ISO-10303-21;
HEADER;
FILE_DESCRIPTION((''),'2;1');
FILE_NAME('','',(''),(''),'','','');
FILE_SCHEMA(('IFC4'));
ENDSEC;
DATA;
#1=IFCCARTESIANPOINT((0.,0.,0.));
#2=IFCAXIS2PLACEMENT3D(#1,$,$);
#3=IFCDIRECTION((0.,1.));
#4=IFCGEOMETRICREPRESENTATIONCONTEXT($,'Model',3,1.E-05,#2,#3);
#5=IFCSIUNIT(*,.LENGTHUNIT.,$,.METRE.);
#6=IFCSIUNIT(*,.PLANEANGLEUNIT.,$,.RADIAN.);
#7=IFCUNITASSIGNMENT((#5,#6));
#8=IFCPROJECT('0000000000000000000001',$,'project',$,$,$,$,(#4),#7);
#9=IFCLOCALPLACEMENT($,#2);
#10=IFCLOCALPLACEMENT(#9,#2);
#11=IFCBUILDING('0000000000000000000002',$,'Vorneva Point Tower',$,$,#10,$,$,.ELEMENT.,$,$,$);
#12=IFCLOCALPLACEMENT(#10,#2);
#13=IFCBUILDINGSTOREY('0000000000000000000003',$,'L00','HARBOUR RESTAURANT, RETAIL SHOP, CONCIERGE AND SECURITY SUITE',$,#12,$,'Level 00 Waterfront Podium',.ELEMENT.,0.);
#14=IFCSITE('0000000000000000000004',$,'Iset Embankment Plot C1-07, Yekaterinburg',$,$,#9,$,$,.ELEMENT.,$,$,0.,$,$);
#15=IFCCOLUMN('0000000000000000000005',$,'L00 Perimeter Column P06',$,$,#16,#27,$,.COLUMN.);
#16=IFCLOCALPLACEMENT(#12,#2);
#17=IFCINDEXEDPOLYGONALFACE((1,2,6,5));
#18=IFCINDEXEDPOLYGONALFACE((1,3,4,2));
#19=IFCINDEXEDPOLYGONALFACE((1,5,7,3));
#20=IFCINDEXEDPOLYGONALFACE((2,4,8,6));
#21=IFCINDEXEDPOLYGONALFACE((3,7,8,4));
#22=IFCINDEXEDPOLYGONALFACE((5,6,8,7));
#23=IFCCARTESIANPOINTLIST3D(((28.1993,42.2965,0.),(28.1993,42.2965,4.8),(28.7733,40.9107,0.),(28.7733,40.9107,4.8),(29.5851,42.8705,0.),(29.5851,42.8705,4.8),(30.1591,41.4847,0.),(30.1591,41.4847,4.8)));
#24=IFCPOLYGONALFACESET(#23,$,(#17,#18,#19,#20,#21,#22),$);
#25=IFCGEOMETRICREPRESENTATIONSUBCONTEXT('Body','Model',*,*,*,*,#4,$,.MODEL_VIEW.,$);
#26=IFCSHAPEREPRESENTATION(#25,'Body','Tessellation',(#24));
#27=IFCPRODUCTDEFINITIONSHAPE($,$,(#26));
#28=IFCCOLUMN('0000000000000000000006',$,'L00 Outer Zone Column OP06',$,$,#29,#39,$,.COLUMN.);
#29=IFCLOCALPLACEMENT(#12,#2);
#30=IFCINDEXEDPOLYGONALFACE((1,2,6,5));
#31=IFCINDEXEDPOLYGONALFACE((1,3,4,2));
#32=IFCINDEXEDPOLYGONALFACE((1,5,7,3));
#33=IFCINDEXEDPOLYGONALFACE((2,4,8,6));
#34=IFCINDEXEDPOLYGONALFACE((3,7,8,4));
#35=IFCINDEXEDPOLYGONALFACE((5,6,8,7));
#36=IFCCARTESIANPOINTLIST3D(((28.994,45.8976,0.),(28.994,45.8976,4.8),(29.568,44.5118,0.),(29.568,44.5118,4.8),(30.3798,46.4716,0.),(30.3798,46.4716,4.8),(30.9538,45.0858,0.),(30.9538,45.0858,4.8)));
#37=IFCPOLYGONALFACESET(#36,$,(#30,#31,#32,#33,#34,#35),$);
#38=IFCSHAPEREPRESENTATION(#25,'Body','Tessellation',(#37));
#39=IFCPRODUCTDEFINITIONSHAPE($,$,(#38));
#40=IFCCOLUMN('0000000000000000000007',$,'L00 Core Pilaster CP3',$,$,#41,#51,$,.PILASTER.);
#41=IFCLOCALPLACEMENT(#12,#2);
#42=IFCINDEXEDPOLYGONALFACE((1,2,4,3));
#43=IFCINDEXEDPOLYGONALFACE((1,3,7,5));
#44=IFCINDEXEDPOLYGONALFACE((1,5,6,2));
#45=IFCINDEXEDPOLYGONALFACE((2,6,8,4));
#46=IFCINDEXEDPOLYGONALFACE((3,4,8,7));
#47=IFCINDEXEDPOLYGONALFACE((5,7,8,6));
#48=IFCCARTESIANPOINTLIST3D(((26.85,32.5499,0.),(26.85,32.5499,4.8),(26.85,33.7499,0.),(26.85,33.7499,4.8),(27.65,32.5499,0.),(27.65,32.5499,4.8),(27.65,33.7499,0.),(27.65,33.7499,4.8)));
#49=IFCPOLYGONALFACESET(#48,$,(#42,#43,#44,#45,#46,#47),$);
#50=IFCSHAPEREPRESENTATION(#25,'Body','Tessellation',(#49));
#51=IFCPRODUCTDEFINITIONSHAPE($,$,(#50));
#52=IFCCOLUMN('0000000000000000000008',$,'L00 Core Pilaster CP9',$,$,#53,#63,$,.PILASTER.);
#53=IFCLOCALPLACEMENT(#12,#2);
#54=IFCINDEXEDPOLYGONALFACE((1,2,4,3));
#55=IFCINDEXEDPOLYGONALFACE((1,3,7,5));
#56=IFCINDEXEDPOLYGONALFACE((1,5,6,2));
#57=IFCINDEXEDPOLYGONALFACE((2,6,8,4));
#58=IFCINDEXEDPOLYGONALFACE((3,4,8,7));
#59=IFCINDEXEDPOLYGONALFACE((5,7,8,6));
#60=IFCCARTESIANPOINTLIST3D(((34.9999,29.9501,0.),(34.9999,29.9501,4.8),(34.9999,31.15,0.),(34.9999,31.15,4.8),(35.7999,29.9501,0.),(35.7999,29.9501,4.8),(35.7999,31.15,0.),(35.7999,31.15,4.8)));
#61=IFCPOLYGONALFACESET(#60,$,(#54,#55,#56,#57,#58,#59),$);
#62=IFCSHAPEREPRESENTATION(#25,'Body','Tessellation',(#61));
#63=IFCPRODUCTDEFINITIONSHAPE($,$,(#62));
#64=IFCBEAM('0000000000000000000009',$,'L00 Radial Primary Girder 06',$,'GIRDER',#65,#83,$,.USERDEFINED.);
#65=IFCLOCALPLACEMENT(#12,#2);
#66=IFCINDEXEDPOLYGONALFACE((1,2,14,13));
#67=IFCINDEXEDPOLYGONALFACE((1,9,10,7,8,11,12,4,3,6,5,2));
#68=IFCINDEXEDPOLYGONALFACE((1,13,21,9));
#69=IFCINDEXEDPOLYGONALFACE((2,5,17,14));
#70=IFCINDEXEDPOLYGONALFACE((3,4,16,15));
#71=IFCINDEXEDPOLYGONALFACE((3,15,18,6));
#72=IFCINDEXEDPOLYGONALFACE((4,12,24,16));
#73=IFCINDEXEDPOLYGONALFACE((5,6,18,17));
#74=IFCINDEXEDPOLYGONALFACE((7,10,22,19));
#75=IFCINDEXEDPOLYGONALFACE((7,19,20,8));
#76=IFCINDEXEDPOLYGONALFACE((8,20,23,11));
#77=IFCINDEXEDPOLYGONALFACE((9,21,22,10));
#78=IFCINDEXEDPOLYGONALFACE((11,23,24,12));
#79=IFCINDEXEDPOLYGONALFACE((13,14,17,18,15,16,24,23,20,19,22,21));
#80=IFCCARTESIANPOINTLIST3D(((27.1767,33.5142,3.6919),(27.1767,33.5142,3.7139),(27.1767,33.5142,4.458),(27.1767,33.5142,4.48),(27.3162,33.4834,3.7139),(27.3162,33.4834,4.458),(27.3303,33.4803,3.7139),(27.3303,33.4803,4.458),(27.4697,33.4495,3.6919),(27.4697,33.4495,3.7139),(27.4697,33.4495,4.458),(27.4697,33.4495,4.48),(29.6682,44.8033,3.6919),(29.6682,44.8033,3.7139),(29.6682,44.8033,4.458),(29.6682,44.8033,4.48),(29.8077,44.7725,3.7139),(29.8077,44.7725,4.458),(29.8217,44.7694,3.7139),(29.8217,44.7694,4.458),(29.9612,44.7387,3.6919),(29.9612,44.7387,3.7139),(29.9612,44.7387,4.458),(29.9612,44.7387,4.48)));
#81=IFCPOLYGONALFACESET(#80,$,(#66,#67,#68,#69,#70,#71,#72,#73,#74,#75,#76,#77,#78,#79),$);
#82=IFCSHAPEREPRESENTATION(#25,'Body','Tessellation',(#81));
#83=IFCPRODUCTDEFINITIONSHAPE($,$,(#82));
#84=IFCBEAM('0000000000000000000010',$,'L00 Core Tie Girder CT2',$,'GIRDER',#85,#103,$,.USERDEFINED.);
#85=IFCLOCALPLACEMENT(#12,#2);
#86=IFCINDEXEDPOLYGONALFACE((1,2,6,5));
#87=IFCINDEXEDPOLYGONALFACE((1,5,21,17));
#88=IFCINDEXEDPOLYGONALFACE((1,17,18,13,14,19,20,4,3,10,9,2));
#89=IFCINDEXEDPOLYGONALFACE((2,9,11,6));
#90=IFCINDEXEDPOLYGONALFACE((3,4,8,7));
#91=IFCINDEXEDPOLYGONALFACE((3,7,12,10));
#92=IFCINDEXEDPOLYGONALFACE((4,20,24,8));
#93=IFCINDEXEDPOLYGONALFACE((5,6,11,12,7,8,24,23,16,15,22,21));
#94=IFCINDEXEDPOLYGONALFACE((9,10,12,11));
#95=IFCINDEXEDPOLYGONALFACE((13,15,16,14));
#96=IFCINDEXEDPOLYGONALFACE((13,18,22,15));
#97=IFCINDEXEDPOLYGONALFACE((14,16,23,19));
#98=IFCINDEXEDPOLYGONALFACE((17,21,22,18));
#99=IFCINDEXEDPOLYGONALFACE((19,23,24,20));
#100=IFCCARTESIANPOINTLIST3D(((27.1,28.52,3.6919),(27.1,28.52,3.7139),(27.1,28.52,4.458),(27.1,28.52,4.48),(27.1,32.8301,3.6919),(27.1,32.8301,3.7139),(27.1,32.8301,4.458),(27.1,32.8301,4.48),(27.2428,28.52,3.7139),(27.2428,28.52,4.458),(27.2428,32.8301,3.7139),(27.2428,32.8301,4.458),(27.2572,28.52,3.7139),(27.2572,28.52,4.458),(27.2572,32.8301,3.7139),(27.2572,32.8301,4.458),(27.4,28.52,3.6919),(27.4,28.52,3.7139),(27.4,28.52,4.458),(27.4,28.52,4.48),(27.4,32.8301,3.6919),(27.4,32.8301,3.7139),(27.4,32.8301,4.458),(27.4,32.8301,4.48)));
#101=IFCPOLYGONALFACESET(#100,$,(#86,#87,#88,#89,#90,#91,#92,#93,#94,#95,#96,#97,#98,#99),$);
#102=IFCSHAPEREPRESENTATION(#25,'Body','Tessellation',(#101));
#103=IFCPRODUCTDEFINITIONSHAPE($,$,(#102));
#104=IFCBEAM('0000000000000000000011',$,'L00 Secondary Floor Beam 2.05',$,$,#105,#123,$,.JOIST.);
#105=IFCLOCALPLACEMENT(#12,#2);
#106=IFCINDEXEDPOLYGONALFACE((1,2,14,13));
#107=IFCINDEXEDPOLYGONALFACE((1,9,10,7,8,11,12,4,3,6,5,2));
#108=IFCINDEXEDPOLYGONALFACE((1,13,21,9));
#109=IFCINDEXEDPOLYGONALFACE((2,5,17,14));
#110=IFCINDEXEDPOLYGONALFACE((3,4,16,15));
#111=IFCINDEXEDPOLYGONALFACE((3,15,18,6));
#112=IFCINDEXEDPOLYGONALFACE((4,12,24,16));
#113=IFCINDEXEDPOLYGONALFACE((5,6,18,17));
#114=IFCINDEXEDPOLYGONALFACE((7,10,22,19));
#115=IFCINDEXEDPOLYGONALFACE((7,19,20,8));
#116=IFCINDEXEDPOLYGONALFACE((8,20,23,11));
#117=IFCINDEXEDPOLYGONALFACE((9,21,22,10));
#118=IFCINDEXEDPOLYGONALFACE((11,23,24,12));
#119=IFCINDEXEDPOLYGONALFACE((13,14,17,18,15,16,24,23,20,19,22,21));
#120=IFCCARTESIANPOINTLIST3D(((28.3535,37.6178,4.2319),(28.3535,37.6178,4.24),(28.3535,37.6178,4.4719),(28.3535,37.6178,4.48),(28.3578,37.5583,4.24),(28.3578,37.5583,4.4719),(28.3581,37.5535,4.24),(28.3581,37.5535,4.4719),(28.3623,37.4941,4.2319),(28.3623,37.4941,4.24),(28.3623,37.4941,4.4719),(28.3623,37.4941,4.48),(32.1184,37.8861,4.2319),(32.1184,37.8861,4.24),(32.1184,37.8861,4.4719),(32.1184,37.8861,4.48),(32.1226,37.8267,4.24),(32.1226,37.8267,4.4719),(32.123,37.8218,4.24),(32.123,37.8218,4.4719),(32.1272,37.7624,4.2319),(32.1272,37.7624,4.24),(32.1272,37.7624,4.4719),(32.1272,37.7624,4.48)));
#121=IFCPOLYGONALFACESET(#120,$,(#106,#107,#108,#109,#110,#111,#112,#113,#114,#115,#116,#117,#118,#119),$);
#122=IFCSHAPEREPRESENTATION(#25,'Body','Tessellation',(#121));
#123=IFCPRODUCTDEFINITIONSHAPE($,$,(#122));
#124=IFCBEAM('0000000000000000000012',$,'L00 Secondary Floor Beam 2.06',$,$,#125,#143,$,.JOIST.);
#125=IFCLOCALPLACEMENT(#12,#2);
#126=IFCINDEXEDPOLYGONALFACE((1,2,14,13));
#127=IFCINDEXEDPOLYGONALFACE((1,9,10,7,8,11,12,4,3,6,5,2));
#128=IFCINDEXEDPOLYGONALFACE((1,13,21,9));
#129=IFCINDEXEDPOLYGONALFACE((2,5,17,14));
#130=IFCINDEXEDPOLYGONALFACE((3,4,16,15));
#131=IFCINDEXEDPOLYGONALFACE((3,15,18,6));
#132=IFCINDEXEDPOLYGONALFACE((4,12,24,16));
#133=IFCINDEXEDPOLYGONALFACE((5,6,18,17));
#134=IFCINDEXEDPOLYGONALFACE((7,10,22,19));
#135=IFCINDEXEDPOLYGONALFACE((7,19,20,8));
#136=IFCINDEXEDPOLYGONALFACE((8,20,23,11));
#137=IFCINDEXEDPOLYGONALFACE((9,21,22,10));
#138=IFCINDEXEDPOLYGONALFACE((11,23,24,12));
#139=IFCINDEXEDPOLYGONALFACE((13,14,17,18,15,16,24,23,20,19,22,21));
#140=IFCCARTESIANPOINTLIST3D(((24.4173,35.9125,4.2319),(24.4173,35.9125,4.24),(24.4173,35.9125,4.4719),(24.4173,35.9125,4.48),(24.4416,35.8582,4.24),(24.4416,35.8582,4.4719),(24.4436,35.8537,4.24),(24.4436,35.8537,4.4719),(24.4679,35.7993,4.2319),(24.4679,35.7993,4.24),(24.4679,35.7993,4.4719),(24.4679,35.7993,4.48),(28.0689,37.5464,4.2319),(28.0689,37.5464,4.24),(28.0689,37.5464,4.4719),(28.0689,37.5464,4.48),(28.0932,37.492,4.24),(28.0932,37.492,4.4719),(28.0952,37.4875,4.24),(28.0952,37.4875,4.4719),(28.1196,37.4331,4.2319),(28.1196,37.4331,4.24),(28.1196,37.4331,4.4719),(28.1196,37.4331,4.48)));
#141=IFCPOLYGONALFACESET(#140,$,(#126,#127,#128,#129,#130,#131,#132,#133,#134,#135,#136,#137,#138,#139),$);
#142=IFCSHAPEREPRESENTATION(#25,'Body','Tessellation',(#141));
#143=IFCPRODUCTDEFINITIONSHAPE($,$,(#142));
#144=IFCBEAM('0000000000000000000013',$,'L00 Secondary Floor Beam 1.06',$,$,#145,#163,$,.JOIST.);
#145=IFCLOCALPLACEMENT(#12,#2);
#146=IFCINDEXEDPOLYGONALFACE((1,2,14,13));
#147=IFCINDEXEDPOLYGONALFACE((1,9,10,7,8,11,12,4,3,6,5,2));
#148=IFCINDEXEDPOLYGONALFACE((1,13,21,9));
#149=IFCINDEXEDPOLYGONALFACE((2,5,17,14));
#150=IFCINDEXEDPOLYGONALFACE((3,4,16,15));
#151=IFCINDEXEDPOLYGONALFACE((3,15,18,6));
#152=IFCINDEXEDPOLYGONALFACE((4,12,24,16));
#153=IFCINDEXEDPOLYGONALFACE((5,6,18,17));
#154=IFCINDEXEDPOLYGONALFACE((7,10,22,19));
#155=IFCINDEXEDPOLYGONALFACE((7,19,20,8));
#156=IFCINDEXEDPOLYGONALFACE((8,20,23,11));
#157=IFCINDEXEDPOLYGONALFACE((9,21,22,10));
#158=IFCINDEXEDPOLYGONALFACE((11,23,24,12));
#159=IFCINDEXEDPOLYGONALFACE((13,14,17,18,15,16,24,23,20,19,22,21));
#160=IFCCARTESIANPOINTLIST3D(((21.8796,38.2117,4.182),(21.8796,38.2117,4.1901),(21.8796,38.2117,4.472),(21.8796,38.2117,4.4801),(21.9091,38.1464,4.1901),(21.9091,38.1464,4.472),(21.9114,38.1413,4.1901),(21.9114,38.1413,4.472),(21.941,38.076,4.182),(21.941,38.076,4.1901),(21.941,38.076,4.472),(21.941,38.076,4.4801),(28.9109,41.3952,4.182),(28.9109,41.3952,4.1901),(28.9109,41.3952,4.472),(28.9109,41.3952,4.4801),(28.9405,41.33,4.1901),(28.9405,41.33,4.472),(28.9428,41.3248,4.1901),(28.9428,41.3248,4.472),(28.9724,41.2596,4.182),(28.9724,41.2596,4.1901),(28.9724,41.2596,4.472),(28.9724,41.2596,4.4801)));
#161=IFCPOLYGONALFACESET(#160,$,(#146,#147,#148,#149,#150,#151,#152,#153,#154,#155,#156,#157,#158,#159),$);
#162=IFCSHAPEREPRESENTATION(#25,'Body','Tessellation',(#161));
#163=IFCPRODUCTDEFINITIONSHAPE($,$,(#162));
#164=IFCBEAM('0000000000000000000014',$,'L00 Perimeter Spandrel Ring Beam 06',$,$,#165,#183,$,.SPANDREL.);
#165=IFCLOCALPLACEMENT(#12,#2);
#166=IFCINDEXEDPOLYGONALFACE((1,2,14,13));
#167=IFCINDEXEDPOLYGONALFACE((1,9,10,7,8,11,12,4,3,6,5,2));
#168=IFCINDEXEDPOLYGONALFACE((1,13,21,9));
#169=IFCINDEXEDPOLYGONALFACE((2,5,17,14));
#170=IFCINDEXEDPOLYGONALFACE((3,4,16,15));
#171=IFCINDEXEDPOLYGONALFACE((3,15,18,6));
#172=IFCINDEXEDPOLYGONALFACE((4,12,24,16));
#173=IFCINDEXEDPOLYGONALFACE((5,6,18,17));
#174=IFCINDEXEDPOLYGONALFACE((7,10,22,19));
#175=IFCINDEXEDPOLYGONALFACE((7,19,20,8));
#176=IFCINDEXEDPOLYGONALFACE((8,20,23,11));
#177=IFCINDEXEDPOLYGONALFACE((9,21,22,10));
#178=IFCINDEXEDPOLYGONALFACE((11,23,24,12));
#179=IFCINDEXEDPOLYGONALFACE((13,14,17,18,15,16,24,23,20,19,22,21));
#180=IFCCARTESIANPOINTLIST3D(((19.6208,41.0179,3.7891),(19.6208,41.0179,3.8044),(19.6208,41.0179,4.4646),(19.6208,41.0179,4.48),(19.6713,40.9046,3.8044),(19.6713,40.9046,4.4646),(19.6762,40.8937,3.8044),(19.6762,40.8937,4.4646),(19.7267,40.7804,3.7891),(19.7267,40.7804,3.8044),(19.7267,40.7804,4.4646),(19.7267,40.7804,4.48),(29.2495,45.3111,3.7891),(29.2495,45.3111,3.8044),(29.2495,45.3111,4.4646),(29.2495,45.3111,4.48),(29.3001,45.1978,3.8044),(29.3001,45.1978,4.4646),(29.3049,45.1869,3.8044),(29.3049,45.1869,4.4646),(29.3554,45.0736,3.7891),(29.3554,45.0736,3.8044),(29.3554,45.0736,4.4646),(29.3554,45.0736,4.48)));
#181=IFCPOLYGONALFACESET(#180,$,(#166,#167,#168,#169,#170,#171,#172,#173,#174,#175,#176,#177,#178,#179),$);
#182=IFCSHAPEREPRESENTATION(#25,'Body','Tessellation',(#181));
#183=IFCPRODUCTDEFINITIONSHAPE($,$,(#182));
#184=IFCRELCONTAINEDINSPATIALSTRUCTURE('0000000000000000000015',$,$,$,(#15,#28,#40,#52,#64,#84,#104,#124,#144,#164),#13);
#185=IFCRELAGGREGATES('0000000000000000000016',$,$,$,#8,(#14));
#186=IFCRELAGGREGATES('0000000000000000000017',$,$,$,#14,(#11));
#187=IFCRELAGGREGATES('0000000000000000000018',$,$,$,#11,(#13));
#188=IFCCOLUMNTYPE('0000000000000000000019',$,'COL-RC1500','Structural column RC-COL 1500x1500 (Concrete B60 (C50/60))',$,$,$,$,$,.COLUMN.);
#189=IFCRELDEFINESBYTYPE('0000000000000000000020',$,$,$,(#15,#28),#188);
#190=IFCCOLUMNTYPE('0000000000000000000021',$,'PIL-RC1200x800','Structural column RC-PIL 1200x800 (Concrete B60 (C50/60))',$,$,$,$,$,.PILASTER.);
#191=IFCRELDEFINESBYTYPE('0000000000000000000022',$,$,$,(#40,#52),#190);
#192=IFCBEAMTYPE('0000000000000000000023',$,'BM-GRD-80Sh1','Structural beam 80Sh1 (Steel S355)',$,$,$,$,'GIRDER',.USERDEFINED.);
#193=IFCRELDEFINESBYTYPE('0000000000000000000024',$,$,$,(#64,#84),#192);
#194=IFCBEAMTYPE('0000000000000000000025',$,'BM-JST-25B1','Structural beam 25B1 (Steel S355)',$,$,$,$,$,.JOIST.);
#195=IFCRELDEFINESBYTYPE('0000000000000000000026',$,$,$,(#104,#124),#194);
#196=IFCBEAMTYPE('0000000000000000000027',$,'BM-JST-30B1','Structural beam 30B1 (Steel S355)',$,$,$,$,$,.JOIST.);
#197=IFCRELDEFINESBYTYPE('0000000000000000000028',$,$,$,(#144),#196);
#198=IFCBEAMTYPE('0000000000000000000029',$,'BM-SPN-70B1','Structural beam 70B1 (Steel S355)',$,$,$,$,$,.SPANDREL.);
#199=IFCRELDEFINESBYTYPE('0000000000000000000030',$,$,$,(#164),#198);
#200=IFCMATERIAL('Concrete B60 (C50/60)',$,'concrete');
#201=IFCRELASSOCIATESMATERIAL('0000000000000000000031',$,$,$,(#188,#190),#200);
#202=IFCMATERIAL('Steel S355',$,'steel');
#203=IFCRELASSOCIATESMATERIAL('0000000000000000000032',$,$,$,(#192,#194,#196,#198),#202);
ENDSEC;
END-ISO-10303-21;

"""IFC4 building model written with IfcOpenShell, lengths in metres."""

from ifc_helpers import new_model, si_unit, direction, frame, origin, origin_2d, place, context, subcontext, project, spatial, rectangle, i_section, extrude, material, material_profile, profile_set, type_object, element, save


model = new_model("IFC4")

# Units and contexts
model_context = context("Model", 3, precision=1e-05, world=origin(), true_north=direction((0.0, 1.0)))
body_context = subcontext(model_context, "Body", "Model", "MODEL_VIEW")
ifc_project = project(units=[si_unit("LENGTHUNIT", "METRE"), si_unit("PLANEANGLEUNIT", "RADIAN")], contexts=[model_context])

# Site, building, storey
site_placement = place(None, origin())
site = spatial("IfcSite", under=ifc_project, at=site_placement, Name="Iset Embankment Plot C1-07, Yekaterinburg", CompositionType="ELEMENT", RefElevation=0.0)
building_placement = place(site_placement, origin())
building = spatial("IfcBuilding", under=site, at=building_placement, Name="Vorneva Point Tower", CompositionType="ELEMENT")
storey_placement = place(building_placement, origin())
storey = spatial("IfcBuildingStorey", under=building, at=storey_placement, Name="L00", Description="HARBOUR RESTAURANT, RETAIL SHOP, CONCIERGE AND SECURITY SUITE", LongName="Level 00 Waterfront Podium", CompositionType="ELEMENT", Elevation=0.0)

# Columns
ifc_material_1 = material(Name="Concrete B60 (C50/60)", Category="concrete")
ifc_material_profile_1 = material_profile(ifc_material_1, rectangle(XDim=1.5, YDim=1.5, at=origin_2d()), Name="RC-COL 1500x1500")
ifc_profile_set_1 = profile_set([ifc_material_profile_1], Name="Concrete B60 (C50/60)")
column_type_1 = type_object("IfcColumnType", Name="COL-RC1500", Description="Structural column RC-COL 1500x1500 (Concrete B60 (C50/60))", PredefinedType="COLUMN", material=ifc_profile_set_1)
for number, where, z_axis, x_axis, name in (
    (1, (29.1792, 41.8906, 0.0), (0.0, 0.0, 1.0), (-0.382683, 0.92388, 0.0), "L00 Perimeter Column P06"),
    (2, (29.9739, 45.4917, 0.0), (0.0, 0.0, 1.0), (-0.382683, 0.92388, 0.0), "L00 Outer Zone Column OP06"),
):
    element("IfcColumn", number, at=place(storey_placement, frame(where, z_axis=z_axis, x_axis=x_axis)), inside=storey, type_object=column_type_1, Name=name, PredefinedType="COLUMN", context=body_context, shape_type="SweptSolid", body=[
        extrude(rectangle(XDim=1.5, YDim=1.5, at=origin_2d()), origin(), (0.0, 0.0, 1.0), 4.8),
    ])
ifc_material_profile_2 = material_profile(ifc_material_1, rectangle(XDim=0.8, YDim=1.2, at=origin_2d()), Name="RC-PIL 1200x800")
ifc_profile_set_2 = profile_set([ifc_material_profile_2], Name="Concrete B60 (C50/60)")
column_type_2 = type_object("IfcColumnType", Name="PIL-RC1200x800", Description="Structural column RC-PIL 1200x800 (Concrete B60 (C50/60))", PredefinedType="PILASTER", material=ifc_profile_set_2)
for number, where, z_axis, x_axis, name in (
    (3, (27.25, 33.1499, 0.0), (0.0, 0.0, 1.0), (1.0, 0.0, 0.0), "L00 Core Pilaster CP3"),
    (4, (35.3999, 30.55, 0.0), (0.0, 0.0, 1.0), (1.0, 0.0, 0.0), "L00 Core Pilaster CP9"),
):
    element("IfcColumn", number, at=place(storey_placement, frame(where, z_axis=z_axis, x_axis=x_axis)), inside=storey, type_object=column_type_2, Name=name, PredefinedType="PILASTER", context=body_context, shape_type="SweptSolid", body=[
        extrude(rectangle(XDim=0.8, YDim=1.2, at=origin_2d()), origin(), (0.0, 0.0, 1.0), 4.8),
    ])

# Beams
ifc_material_2 = material(Name="Steel S355", Category="steel")
ifc_material_profile_3 = material_profile(ifc_material_2, i_section(OverallWidth=0.3, OverallDepth=0.7881, WebThickness=0.0144, FlangeThickness=0.022, at=origin_2d()), Name="80Sh1")
ifc_profile_set_3 = profile_set([ifc_material_profile_3], Name="Steel S355")
beam_type_1 = type_object("IfcBeamType", Name="BM-GRD-80Sh1", Description="Structural beam 80Sh1 (Steel S355)", ElementType="GIRDER", PredefinedType="USERDEFINED", material=ifc_profile_set_3)
beam_1_placement = place(storey_placement, frame((29.8147, 44.771, 4.0859), z_axis=(-0.21551, -0.976502, 0.0), x_axis=(0.976502, -0.21551, 0.0)))
element("IfcBeam", 5, at=beam_1_placement, inside=storey, type_object=beam_type_1, Name="L00 Radial Primary Girder 06", ObjectType="GIRDER", PredefinedType="USERDEFINED", context=body_context, shape_type="SweptSolid", body=[
    extrude(i_section(OverallWidth=0.3, OverallDepth=0.7881, WebThickness=0.0144, FlangeThickness=0.022, at=origin_2d()), origin(), (0.0, 0.0, 1.0), 11.5608),
])
beam_2_placement = place(storey_placement, frame((27.25, 28.52, 4.0859), z_axis=(0.0, 1.0, 0.0), x_axis=(-1.0, 0.0, 0.0)))
element("IfcBeam", 6, at=beam_2_placement, inside=storey, type_object=beam_type_1, Name="L00 Core Tie Girder CT2", ObjectType="GIRDER", PredefinedType="USERDEFINED", context=body_context, shape_type="SweptSolid", body=[
    extrude(i_section(OverallWidth=0.3, OverallDepth=0.7881, WebThickness=0.0144, FlangeThickness=0.022, at=origin_2d()), origin(), (0.0, 0.0, 1.0), 4.3101),
])
ifc_material_profile_4 = material_profile(ifc_material_2, i_section(OverallWidth=0.124, OverallDepth=0.248, WebThickness=0.0049, FlangeThickness=0.0081, at=origin_2d()), Name="25B1")
ifc_profile_set_4 = profile_set([ifc_material_profile_4], Name="Steel S355")
beam_type_2 = type_object("IfcBeamType", Name="BM-JST-25B1", Description="Structural beam 25B1 (Steel S355)", PredefinedType="JOIST", material=ifc_profile_set_4)
beam_3_placement = place(storey_placement, frame((32.1228, 37.8242, 4.356), z_axis=(-0.99747, -0.071086, 0.0), x_axis=(0.071086, -0.99747, 0.0)))
element("IfcBeam", 7, at=beam_3_placement, inside=storey, type_object=beam_type_2, Name="L00 Secondary Floor Beam 2.05", PredefinedType="JOIST", context=body_context, shape_type="SweptSolid", body=[
    extrude(i_section(OverallWidth=0.124, OverallDepth=0.248, WebThickness=0.0049, FlangeThickness=0.0081, at=origin_2d()), origin(), (0.0, 0.0, 1.0), 3.7744),
])
beam_4_placement = place(storey_placement, frame((28.0942, 37.4897, 4.356), z_axis=(-0.912802, -0.408402, 0.0), x_axis=(0.408402, -0.912802, 0.0)))
element("IfcBeam", 8, at=beam_4_placement, inside=storey, type_object=beam_type_2, Name="L00 Secondary Floor Beam 2.06", PredefinedType="JOIST", context=body_context, shape_type="SweptSolid", body=[
    extrude(i_section(OverallWidth=0.124, OverallDepth=0.248, WebThickness=0.0049, FlangeThickness=0.0081, at=origin_2d()), origin(), (0.0, 0.0, 1.0), 4.0005),
])
ifc_material_profile_5 = material_profile(ifc_material_2, i_section(OverallWidth=0.1489, OverallDepth=0.2981, WebThickness=0.0056, FlangeThickness=0.0081, at=origin_2d()), Name="30B1")
ifc_profile_set_5 = profile_set([ifc_material_profile_5], Name="Steel S355")
beam_type_3 = type_object("IfcBeamType", Name="BM-JST-30B1", Description="Structural beam 30B1 (Steel S355)", PredefinedType="JOIST", material=ifc_profile_set_5)
beam_5_placement = place(storey_placement, frame((28.9417, 41.3274, 4.3311), z_axis=(-0.910978, -0.412456, 0.0), x_axis=(0.412456, -0.910978, 0.0)))
element("IfcBeam", 9, at=beam_5_placement, inside=storey, type_object=beam_type_3, Name="L00 Secondary Floor Beam 1.06", PredefinedType="JOIST", context=body_context, shape_type="SweptSolid", body=[
    extrude(i_section(OverallWidth=0.1489, OverallDepth=0.2981, WebThickness=0.0056, FlangeThickness=0.0081, at=origin_2d()), origin(), (0.0, 0.0, 1.0), 7.7185),
])
ifc_material_profile_6 = material_profile(ifc_material_2, i_section(OverallWidth=0.26, OverallDepth=0.6909, WebThickness=0.012, FlangeThickness=0.0154, at=origin_2d()), Name="70B1")
ifc_profile_set_6 = profile_set([ifc_material_profile_6], Name="Steel S355")
beam_type_4 = type_object("IfcBeamType", Name="BM-SPN-70B1", Description="Structural beam 70B1 (Steel S355)", PredefinedType="SPANDREL", material=ifc_profile_set_6)
beam_6_placement = place(storey_placement, frame((29.3025, 45.1924, 4.1345), z_axis=(-0.913325, -0.407232, 0.0), x_axis=(0.407232, -0.913325, 0.0)))
element("IfcBeam", 10, at=beam_6_placement, inside=storey, type_object=beam_type_4, Name="L00 Perimeter Spandrel Ring Beam 06", PredefinedType="SPANDREL", context=body_context, shape_type="SweptSolid", body=[
    extrude(i_section(OverallWidth=0.26, OverallDepth=0.6909, WebThickness=0.012, FlangeThickness=0.0154, at=origin_2d()), origin(), (0.0, 0.0, 1.0), 10.5425),
])

save(model, "model.ifc")
